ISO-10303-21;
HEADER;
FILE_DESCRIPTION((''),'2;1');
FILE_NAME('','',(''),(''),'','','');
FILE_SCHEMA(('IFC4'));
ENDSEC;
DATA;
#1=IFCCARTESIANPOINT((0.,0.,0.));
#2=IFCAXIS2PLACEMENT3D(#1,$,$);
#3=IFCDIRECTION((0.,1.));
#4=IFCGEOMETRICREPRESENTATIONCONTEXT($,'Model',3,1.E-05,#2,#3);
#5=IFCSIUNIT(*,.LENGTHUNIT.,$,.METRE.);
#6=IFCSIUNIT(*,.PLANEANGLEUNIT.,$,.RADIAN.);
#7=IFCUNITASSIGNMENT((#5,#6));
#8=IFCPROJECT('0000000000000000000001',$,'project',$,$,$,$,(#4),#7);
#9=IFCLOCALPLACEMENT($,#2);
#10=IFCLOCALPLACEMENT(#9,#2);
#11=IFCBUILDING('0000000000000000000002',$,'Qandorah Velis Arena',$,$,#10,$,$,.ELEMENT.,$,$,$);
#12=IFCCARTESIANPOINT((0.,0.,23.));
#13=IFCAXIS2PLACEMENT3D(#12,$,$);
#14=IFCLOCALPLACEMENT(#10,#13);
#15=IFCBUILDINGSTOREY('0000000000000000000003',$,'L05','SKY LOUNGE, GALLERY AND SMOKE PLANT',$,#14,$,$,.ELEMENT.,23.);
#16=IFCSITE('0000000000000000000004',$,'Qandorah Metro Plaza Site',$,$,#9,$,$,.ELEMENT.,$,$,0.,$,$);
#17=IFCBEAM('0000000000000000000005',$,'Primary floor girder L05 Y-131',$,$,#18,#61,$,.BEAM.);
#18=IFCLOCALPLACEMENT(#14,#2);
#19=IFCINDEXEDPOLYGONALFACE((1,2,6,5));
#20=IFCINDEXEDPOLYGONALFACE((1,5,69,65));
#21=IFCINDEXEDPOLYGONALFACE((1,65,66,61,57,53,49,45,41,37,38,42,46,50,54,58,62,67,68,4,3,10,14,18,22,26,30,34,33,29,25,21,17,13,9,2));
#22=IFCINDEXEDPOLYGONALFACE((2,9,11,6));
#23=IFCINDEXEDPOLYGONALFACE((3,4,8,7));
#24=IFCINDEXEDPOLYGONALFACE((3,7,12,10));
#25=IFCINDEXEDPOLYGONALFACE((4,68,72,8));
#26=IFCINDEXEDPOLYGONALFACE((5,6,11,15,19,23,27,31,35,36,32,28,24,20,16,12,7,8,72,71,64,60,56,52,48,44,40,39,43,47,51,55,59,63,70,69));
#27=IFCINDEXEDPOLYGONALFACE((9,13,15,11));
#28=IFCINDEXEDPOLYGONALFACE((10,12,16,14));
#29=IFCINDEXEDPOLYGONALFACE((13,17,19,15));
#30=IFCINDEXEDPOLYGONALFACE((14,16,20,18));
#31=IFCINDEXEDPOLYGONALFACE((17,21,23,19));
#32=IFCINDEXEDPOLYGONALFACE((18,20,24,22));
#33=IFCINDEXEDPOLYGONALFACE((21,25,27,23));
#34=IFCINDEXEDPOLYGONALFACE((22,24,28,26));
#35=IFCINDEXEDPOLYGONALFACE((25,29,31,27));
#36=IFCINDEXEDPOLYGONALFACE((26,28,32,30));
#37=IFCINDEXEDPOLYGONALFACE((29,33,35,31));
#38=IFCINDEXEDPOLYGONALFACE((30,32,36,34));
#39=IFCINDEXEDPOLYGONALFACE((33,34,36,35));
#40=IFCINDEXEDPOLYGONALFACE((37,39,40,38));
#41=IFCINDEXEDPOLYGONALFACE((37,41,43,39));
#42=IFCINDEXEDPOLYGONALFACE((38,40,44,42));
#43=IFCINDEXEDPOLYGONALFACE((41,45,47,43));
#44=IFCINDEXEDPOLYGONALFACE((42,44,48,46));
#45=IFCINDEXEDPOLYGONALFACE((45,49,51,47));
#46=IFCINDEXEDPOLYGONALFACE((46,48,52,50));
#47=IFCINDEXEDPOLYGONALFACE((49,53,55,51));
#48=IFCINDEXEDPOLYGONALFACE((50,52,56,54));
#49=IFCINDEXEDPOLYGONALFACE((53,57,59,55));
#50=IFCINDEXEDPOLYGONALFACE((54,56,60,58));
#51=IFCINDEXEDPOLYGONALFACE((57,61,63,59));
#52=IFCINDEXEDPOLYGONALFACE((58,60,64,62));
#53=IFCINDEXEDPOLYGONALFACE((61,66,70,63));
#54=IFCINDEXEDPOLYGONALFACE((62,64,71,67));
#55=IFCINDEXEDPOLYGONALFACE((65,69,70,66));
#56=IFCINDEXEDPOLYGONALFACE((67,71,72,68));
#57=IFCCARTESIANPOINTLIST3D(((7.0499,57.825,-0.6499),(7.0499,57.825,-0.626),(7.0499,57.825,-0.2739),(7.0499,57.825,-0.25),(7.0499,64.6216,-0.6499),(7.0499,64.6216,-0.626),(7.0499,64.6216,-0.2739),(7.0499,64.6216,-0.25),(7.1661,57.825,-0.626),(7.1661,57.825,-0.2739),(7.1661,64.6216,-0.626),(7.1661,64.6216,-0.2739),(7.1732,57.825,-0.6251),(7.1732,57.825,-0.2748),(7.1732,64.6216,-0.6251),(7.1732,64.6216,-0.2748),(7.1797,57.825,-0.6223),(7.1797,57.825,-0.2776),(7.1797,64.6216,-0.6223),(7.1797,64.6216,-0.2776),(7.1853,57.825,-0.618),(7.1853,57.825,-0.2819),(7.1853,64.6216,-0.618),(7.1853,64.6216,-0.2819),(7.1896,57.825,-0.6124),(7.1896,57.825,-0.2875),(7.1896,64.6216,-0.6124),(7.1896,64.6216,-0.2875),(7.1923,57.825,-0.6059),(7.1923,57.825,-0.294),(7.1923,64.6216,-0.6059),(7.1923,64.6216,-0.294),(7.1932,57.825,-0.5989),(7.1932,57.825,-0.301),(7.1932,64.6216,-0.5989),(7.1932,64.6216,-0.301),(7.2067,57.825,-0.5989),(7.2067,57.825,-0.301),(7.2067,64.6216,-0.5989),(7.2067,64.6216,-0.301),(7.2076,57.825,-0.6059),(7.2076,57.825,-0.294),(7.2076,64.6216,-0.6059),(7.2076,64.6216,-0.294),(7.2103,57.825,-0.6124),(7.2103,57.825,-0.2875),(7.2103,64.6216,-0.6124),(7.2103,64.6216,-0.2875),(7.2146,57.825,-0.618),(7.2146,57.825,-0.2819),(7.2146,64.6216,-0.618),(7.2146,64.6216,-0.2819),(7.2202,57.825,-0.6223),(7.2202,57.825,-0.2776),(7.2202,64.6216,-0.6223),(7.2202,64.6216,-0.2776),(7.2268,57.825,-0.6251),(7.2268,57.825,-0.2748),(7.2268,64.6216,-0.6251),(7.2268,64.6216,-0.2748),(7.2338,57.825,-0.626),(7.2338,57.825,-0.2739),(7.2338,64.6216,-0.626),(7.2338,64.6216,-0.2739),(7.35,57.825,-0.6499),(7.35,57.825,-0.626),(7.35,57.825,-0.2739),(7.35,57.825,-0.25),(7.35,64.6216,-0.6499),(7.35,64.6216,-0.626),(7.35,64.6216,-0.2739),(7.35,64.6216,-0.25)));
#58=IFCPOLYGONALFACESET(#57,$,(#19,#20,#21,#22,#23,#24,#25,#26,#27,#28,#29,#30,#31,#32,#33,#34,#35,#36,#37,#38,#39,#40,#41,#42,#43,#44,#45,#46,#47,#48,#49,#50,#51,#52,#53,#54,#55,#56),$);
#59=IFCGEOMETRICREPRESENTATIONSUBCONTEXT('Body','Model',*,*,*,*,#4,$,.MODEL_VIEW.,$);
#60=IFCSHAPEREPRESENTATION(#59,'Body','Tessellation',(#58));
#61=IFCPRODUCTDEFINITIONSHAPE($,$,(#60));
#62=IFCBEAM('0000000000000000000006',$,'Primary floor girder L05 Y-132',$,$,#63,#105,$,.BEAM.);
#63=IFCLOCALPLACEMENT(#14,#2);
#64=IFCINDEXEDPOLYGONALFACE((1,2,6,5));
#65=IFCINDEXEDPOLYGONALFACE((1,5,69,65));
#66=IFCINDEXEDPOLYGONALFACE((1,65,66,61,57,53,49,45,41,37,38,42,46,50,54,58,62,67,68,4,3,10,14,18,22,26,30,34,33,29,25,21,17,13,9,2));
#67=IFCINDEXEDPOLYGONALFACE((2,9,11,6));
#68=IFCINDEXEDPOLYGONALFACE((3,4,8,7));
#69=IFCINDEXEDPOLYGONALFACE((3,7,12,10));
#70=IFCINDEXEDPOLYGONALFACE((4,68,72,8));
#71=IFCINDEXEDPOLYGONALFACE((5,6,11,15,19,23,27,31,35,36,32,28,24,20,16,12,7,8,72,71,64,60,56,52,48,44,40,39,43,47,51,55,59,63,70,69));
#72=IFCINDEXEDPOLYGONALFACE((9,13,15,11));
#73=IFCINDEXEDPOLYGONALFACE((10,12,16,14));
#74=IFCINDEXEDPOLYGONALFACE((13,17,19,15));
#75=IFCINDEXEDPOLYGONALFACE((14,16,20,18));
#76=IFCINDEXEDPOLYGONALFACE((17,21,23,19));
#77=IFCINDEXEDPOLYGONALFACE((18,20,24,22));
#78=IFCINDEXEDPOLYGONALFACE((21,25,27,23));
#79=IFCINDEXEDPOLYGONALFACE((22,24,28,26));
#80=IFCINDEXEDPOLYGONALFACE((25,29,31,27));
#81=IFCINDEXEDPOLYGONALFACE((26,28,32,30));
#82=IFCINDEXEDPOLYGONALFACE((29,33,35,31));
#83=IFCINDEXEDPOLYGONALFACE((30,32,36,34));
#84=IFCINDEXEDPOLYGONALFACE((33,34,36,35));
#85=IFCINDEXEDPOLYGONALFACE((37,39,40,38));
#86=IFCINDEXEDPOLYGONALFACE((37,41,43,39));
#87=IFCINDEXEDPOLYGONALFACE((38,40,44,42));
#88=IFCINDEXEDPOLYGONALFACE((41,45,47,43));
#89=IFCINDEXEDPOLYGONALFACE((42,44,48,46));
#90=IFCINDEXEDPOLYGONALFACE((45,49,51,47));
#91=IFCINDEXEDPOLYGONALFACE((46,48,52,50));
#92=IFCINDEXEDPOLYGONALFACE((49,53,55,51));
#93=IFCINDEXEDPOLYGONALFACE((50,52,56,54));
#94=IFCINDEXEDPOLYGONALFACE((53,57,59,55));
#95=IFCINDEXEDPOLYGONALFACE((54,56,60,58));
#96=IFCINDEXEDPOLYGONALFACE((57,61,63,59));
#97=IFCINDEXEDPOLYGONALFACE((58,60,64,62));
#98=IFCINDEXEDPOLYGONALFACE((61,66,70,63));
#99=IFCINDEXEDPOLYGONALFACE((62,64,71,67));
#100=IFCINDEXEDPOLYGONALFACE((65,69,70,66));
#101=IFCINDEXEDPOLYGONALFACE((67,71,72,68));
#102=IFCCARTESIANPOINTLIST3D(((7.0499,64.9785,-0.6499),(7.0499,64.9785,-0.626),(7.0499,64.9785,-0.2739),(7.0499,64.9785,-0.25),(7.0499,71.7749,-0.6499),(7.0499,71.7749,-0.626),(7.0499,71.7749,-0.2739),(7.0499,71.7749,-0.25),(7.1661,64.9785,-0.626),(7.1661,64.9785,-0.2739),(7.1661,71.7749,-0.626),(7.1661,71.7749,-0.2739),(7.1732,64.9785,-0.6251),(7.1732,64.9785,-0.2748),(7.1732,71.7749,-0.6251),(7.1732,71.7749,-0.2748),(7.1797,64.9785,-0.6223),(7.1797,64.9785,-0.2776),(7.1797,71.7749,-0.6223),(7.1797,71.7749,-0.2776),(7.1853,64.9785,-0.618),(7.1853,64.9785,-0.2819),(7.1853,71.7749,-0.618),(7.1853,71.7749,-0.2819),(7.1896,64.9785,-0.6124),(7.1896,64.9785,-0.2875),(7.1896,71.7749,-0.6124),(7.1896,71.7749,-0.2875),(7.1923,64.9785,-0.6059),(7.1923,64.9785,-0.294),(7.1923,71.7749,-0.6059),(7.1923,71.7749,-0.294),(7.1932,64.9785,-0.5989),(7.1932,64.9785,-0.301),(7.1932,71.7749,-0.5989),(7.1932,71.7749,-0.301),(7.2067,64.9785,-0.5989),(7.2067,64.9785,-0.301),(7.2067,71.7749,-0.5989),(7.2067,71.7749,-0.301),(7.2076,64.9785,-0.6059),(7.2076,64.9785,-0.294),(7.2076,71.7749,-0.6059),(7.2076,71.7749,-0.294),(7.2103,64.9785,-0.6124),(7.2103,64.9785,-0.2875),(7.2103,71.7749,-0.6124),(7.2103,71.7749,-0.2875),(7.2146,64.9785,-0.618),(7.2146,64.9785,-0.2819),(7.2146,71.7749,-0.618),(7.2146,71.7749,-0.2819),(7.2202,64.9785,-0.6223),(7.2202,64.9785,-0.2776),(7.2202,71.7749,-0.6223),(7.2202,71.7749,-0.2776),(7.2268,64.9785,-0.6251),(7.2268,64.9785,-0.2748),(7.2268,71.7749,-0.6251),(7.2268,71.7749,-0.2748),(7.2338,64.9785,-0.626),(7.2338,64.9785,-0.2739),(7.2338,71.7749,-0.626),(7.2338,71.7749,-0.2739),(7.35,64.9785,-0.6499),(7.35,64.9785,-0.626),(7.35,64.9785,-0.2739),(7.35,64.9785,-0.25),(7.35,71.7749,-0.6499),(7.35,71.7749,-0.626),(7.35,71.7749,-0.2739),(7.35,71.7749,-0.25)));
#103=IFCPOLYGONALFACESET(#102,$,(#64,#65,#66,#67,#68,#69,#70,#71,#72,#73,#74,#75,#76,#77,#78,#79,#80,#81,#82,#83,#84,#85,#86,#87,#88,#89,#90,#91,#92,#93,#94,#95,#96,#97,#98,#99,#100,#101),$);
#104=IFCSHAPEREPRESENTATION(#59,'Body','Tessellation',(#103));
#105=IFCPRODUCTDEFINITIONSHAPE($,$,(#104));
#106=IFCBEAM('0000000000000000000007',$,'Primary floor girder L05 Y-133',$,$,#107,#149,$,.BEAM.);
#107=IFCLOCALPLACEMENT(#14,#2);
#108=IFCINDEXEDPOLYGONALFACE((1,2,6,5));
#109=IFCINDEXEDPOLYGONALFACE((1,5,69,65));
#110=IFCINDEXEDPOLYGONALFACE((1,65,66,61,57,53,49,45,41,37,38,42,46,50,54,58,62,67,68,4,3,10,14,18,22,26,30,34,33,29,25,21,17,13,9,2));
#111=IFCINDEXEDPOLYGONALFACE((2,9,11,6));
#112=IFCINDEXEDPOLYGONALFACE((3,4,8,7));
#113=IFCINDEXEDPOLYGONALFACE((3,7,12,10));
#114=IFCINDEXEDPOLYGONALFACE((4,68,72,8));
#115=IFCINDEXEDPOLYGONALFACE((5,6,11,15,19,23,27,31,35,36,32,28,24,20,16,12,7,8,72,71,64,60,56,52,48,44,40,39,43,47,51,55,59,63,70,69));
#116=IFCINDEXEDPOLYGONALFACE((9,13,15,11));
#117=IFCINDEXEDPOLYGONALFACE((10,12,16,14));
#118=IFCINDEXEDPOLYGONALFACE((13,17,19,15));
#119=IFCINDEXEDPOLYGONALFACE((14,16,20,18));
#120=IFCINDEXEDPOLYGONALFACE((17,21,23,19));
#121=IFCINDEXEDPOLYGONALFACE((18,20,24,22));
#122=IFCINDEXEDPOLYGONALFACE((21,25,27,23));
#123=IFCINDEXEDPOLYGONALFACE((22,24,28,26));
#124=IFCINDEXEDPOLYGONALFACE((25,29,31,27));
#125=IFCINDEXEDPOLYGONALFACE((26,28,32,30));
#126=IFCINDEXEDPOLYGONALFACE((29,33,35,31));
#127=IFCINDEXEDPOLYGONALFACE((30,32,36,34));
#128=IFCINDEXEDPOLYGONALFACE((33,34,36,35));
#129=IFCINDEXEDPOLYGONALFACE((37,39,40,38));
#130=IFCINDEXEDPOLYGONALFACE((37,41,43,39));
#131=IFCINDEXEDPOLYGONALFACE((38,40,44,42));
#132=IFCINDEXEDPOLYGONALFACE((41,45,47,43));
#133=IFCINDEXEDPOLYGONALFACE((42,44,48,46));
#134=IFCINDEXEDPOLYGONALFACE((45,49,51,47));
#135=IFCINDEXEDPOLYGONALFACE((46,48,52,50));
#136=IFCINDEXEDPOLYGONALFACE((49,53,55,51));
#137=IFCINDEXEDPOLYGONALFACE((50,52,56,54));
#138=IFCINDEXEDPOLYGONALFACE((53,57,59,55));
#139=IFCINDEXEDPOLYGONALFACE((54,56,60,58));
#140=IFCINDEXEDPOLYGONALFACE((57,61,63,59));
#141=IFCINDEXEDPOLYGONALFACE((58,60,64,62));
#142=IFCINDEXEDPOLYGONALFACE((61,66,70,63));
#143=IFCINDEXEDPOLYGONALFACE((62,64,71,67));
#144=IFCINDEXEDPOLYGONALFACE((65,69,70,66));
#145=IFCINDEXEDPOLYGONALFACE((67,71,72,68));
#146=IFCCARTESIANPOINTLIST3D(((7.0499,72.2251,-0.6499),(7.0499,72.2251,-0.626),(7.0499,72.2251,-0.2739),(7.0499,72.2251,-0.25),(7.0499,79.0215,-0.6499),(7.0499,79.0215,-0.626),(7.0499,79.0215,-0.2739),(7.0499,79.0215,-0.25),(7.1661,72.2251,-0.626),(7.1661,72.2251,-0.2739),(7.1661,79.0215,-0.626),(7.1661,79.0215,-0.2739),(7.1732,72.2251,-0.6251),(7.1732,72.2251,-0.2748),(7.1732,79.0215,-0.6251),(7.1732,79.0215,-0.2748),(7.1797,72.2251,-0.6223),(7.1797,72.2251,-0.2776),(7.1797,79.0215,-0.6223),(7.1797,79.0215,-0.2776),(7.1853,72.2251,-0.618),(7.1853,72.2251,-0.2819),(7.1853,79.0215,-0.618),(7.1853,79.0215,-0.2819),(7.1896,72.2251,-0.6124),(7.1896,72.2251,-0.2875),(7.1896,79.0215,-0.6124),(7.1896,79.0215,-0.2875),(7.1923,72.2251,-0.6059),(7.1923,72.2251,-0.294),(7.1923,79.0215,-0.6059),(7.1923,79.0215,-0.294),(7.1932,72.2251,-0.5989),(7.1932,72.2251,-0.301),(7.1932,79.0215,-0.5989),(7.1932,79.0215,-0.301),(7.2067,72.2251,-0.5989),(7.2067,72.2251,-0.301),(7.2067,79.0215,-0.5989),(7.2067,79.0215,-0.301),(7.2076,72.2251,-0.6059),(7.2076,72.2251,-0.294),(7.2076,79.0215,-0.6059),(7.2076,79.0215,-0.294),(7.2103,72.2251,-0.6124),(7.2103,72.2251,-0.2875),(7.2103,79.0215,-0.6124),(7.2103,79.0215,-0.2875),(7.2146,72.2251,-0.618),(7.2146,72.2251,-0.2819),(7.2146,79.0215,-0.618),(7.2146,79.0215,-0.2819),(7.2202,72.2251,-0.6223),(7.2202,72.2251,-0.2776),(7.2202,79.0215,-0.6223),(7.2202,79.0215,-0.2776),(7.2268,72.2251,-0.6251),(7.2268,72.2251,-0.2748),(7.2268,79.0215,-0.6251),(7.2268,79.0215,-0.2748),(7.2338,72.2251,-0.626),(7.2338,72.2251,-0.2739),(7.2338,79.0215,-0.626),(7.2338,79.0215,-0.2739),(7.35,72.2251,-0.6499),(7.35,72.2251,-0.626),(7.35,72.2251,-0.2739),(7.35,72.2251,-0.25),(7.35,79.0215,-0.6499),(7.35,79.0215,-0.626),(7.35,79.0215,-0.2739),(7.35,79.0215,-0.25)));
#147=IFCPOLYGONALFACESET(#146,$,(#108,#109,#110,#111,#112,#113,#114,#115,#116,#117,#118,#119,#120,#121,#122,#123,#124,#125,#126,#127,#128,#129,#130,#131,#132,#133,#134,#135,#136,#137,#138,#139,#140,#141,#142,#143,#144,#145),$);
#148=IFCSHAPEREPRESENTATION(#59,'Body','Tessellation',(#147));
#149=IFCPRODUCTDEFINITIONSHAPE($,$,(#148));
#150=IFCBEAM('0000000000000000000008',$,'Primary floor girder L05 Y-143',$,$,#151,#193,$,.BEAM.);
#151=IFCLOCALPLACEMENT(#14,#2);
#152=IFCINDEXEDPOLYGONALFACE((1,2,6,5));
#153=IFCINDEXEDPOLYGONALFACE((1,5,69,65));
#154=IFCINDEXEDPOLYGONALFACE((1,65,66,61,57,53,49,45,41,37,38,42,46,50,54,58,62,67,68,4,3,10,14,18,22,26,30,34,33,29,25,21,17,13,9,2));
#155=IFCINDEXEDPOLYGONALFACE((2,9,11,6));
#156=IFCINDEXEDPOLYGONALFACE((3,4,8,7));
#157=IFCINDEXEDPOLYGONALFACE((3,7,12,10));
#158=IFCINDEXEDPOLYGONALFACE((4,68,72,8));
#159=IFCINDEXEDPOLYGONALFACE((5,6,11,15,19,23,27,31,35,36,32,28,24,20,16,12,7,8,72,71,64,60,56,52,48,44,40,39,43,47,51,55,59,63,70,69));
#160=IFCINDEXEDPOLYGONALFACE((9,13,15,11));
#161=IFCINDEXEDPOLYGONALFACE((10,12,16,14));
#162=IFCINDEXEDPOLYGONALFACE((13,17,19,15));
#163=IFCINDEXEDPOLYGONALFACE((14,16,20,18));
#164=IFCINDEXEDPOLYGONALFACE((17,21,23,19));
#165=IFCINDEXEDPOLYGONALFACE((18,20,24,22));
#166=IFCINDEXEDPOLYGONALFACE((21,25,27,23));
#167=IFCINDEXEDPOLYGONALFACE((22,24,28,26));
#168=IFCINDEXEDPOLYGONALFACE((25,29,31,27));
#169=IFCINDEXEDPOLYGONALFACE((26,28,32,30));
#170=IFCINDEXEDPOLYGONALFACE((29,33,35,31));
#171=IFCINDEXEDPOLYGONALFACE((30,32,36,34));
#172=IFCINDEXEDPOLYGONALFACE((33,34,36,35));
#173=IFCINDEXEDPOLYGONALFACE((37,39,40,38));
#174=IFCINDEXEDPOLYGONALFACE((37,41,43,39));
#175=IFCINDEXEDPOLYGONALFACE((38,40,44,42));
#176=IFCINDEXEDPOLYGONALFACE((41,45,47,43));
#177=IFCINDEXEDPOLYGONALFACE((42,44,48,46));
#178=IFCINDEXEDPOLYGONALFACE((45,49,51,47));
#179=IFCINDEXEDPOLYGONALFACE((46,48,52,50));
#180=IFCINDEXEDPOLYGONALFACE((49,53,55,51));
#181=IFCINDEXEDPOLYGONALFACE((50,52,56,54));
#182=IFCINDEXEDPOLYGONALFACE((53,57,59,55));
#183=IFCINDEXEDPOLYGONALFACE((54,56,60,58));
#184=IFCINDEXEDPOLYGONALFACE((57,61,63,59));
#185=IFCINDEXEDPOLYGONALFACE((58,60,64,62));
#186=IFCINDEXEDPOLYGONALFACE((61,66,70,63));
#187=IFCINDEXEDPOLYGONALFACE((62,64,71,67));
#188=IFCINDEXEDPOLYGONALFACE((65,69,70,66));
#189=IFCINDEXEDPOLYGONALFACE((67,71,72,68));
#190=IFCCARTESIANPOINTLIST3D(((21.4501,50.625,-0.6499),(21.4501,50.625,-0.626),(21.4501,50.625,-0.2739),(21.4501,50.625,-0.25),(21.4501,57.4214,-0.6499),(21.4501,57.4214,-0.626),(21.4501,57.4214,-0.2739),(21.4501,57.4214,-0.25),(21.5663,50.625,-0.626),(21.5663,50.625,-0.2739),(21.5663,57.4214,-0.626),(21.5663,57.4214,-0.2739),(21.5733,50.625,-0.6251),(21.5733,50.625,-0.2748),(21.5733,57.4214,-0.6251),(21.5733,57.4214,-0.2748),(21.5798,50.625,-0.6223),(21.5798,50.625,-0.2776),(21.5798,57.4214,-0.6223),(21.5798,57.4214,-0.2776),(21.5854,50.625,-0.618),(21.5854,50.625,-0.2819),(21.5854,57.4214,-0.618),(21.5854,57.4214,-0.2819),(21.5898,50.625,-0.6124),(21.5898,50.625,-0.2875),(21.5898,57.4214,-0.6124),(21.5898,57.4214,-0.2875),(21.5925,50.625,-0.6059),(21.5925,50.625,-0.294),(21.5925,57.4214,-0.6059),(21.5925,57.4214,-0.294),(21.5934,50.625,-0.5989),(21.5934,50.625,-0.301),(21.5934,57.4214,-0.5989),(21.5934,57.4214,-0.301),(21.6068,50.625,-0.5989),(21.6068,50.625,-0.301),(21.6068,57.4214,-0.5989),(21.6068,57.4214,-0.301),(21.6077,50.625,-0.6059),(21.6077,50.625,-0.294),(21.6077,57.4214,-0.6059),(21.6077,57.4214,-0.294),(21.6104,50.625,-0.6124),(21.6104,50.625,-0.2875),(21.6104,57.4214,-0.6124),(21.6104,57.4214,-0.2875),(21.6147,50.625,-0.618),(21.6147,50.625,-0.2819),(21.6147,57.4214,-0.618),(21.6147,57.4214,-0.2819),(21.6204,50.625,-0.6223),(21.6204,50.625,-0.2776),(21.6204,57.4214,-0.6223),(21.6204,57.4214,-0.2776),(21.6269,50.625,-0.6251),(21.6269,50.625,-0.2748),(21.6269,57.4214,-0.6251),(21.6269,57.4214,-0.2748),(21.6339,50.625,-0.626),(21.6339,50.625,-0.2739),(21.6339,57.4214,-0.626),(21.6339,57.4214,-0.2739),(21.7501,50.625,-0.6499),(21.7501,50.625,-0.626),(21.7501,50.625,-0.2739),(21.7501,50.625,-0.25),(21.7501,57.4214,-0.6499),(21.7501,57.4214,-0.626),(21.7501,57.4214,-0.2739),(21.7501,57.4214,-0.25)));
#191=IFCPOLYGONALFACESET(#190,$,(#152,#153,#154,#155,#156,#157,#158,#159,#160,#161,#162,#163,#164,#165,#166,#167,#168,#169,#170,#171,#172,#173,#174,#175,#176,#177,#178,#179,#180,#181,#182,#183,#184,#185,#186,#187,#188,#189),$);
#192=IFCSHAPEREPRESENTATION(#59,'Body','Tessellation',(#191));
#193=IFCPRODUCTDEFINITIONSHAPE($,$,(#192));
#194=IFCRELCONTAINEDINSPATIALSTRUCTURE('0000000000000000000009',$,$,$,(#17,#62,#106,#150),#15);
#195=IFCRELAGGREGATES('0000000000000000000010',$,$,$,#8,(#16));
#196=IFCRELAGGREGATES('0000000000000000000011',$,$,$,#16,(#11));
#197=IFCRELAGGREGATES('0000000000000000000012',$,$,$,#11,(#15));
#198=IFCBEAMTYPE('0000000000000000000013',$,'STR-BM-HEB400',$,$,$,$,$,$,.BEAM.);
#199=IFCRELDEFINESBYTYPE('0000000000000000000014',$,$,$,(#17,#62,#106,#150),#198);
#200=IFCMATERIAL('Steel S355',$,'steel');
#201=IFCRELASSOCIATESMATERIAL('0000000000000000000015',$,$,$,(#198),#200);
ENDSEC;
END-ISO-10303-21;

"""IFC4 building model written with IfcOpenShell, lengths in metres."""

from ifc_helpers import new_model, si_unit, direction, frame, origin, origin_2d, place, context, subcontext, project, spatial, i_section, extrude, material, material_profile, profile_set, type_object, element, save


model = new_model("IFC4")

# Units and contexts
model_context = context("Model", 3, precision=1e-05, world=origin(), true_north=direction((0.0, 1.0)))
body_context = subcontext(model_context, "Body", "Model", "MODEL_VIEW")
ifc_project = project(units=[si_unit("LENGTHUNIT", "METRE"), si_unit("PLANEANGLEUNIT", "RADIAN")], contexts=[model_context])

# Site, building, storey
site_placement = place(None, origin())
site = spatial("IfcSite", under=ifc_project, at=site_placement, Name="Qandorah Metro Plaza Site", CompositionType="ELEMENT", RefElevation=0.0)
building_placement = place(site_placement, origin())
building = spatial("IfcBuilding", under=site, at=building_placement, Name="Qandorah Velis Arena", CompositionType="ELEMENT")
storey_placement = place(building_placement, frame((0.0, 0.0, 23.0)))
storey = spatial("IfcBuildingStorey", under=building, at=storey_placement, Name="L05", Description="SKY LOUNGE, GALLERY AND SMOKE PLANT", CompositionType="ELEMENT", Elevation=23.0)

# Beams
ifc_material_1 = material(Name="Steel S355", Category="steel")
ifc_material_profile_1 = material_profile(ifc_material_1, i_section(OverallWidth=0.3, OverallDepth=0.3999, WebThickness=0.0134, FlangeThickness=0.0239, FilletRadius=0.0271, at=origin_2d()), Name="HEB 400")
ifc_profile_set_1 = profile_set([ifc_material_profile_1], Name="Steel S355")
beam_type_1 = type_object("IfcBeamType", Name="STR-BM-HEB400", PredefinedType="BEAM", material=ifc_profile_set_1)
beam_1_placement = place(storey_placement, frame((7.2, 57.825, -0.45), z_axis=(0.0, 1.0, 0.0), x_axis=(-1.0, 0.0, 0.0)))
element("IfcBeam", 1, at=beam_1_placement, inside=storey, type_object=beam_type_1, Name="Primary floor girder L05 Y-131", PredefinedType="BEAM", context=body_context, shape_type="SweptSolid", body=[
    extrude(i_section(OverallWidth=0.3, OverallDepth=0.3999, WebThickness=0.0134, FlangeThickness=0.0239, FilletRadius=0.0271, at=origin_2d()), origin(), (0.0, 0.0, 1.0), 6.7966),
])
for number, where, z_axis, x_axis, name in (
    (2, (7.2, 64.9785, -0.45), (0.0, 1.0, 0.0), (-1.0, 0.0, 0.0), "Primary floor girder L05 Y-132"),
    (3, (7.2, 72.2251, -0.45), (0.0, 1.0, 0.0), (-1.0, 0.0, 0.0), "Primary floor girder L05 Y-133"),
    (4, (21.6001, 50.625, -0.45), (0.0, 1.0, 0.0), (-1.0, 0.0, 0.0), "Primary floor girder L05 Y-143"),
):
    element("IfcBeam", number, at=place(storey_placement, frame(where, z_axis=z_axis, x_axis=x_axis)), inside=storey, type_object=beam_type_1, Name=name, PredefinedType="BEAM", context=body_context, shape_type="SweptSolid", body=[
        extrude(i_section(OverallWidth=0.3, OverallDepth=0.3999, WebThickness=0.0134, FlangeThickness=0.0239, FilletRadius=0.0271, at=origin_2d()), origin(), (0.0, 0.0, 1.0), 6.7964),
    ])

save(model, "model.ifc")
